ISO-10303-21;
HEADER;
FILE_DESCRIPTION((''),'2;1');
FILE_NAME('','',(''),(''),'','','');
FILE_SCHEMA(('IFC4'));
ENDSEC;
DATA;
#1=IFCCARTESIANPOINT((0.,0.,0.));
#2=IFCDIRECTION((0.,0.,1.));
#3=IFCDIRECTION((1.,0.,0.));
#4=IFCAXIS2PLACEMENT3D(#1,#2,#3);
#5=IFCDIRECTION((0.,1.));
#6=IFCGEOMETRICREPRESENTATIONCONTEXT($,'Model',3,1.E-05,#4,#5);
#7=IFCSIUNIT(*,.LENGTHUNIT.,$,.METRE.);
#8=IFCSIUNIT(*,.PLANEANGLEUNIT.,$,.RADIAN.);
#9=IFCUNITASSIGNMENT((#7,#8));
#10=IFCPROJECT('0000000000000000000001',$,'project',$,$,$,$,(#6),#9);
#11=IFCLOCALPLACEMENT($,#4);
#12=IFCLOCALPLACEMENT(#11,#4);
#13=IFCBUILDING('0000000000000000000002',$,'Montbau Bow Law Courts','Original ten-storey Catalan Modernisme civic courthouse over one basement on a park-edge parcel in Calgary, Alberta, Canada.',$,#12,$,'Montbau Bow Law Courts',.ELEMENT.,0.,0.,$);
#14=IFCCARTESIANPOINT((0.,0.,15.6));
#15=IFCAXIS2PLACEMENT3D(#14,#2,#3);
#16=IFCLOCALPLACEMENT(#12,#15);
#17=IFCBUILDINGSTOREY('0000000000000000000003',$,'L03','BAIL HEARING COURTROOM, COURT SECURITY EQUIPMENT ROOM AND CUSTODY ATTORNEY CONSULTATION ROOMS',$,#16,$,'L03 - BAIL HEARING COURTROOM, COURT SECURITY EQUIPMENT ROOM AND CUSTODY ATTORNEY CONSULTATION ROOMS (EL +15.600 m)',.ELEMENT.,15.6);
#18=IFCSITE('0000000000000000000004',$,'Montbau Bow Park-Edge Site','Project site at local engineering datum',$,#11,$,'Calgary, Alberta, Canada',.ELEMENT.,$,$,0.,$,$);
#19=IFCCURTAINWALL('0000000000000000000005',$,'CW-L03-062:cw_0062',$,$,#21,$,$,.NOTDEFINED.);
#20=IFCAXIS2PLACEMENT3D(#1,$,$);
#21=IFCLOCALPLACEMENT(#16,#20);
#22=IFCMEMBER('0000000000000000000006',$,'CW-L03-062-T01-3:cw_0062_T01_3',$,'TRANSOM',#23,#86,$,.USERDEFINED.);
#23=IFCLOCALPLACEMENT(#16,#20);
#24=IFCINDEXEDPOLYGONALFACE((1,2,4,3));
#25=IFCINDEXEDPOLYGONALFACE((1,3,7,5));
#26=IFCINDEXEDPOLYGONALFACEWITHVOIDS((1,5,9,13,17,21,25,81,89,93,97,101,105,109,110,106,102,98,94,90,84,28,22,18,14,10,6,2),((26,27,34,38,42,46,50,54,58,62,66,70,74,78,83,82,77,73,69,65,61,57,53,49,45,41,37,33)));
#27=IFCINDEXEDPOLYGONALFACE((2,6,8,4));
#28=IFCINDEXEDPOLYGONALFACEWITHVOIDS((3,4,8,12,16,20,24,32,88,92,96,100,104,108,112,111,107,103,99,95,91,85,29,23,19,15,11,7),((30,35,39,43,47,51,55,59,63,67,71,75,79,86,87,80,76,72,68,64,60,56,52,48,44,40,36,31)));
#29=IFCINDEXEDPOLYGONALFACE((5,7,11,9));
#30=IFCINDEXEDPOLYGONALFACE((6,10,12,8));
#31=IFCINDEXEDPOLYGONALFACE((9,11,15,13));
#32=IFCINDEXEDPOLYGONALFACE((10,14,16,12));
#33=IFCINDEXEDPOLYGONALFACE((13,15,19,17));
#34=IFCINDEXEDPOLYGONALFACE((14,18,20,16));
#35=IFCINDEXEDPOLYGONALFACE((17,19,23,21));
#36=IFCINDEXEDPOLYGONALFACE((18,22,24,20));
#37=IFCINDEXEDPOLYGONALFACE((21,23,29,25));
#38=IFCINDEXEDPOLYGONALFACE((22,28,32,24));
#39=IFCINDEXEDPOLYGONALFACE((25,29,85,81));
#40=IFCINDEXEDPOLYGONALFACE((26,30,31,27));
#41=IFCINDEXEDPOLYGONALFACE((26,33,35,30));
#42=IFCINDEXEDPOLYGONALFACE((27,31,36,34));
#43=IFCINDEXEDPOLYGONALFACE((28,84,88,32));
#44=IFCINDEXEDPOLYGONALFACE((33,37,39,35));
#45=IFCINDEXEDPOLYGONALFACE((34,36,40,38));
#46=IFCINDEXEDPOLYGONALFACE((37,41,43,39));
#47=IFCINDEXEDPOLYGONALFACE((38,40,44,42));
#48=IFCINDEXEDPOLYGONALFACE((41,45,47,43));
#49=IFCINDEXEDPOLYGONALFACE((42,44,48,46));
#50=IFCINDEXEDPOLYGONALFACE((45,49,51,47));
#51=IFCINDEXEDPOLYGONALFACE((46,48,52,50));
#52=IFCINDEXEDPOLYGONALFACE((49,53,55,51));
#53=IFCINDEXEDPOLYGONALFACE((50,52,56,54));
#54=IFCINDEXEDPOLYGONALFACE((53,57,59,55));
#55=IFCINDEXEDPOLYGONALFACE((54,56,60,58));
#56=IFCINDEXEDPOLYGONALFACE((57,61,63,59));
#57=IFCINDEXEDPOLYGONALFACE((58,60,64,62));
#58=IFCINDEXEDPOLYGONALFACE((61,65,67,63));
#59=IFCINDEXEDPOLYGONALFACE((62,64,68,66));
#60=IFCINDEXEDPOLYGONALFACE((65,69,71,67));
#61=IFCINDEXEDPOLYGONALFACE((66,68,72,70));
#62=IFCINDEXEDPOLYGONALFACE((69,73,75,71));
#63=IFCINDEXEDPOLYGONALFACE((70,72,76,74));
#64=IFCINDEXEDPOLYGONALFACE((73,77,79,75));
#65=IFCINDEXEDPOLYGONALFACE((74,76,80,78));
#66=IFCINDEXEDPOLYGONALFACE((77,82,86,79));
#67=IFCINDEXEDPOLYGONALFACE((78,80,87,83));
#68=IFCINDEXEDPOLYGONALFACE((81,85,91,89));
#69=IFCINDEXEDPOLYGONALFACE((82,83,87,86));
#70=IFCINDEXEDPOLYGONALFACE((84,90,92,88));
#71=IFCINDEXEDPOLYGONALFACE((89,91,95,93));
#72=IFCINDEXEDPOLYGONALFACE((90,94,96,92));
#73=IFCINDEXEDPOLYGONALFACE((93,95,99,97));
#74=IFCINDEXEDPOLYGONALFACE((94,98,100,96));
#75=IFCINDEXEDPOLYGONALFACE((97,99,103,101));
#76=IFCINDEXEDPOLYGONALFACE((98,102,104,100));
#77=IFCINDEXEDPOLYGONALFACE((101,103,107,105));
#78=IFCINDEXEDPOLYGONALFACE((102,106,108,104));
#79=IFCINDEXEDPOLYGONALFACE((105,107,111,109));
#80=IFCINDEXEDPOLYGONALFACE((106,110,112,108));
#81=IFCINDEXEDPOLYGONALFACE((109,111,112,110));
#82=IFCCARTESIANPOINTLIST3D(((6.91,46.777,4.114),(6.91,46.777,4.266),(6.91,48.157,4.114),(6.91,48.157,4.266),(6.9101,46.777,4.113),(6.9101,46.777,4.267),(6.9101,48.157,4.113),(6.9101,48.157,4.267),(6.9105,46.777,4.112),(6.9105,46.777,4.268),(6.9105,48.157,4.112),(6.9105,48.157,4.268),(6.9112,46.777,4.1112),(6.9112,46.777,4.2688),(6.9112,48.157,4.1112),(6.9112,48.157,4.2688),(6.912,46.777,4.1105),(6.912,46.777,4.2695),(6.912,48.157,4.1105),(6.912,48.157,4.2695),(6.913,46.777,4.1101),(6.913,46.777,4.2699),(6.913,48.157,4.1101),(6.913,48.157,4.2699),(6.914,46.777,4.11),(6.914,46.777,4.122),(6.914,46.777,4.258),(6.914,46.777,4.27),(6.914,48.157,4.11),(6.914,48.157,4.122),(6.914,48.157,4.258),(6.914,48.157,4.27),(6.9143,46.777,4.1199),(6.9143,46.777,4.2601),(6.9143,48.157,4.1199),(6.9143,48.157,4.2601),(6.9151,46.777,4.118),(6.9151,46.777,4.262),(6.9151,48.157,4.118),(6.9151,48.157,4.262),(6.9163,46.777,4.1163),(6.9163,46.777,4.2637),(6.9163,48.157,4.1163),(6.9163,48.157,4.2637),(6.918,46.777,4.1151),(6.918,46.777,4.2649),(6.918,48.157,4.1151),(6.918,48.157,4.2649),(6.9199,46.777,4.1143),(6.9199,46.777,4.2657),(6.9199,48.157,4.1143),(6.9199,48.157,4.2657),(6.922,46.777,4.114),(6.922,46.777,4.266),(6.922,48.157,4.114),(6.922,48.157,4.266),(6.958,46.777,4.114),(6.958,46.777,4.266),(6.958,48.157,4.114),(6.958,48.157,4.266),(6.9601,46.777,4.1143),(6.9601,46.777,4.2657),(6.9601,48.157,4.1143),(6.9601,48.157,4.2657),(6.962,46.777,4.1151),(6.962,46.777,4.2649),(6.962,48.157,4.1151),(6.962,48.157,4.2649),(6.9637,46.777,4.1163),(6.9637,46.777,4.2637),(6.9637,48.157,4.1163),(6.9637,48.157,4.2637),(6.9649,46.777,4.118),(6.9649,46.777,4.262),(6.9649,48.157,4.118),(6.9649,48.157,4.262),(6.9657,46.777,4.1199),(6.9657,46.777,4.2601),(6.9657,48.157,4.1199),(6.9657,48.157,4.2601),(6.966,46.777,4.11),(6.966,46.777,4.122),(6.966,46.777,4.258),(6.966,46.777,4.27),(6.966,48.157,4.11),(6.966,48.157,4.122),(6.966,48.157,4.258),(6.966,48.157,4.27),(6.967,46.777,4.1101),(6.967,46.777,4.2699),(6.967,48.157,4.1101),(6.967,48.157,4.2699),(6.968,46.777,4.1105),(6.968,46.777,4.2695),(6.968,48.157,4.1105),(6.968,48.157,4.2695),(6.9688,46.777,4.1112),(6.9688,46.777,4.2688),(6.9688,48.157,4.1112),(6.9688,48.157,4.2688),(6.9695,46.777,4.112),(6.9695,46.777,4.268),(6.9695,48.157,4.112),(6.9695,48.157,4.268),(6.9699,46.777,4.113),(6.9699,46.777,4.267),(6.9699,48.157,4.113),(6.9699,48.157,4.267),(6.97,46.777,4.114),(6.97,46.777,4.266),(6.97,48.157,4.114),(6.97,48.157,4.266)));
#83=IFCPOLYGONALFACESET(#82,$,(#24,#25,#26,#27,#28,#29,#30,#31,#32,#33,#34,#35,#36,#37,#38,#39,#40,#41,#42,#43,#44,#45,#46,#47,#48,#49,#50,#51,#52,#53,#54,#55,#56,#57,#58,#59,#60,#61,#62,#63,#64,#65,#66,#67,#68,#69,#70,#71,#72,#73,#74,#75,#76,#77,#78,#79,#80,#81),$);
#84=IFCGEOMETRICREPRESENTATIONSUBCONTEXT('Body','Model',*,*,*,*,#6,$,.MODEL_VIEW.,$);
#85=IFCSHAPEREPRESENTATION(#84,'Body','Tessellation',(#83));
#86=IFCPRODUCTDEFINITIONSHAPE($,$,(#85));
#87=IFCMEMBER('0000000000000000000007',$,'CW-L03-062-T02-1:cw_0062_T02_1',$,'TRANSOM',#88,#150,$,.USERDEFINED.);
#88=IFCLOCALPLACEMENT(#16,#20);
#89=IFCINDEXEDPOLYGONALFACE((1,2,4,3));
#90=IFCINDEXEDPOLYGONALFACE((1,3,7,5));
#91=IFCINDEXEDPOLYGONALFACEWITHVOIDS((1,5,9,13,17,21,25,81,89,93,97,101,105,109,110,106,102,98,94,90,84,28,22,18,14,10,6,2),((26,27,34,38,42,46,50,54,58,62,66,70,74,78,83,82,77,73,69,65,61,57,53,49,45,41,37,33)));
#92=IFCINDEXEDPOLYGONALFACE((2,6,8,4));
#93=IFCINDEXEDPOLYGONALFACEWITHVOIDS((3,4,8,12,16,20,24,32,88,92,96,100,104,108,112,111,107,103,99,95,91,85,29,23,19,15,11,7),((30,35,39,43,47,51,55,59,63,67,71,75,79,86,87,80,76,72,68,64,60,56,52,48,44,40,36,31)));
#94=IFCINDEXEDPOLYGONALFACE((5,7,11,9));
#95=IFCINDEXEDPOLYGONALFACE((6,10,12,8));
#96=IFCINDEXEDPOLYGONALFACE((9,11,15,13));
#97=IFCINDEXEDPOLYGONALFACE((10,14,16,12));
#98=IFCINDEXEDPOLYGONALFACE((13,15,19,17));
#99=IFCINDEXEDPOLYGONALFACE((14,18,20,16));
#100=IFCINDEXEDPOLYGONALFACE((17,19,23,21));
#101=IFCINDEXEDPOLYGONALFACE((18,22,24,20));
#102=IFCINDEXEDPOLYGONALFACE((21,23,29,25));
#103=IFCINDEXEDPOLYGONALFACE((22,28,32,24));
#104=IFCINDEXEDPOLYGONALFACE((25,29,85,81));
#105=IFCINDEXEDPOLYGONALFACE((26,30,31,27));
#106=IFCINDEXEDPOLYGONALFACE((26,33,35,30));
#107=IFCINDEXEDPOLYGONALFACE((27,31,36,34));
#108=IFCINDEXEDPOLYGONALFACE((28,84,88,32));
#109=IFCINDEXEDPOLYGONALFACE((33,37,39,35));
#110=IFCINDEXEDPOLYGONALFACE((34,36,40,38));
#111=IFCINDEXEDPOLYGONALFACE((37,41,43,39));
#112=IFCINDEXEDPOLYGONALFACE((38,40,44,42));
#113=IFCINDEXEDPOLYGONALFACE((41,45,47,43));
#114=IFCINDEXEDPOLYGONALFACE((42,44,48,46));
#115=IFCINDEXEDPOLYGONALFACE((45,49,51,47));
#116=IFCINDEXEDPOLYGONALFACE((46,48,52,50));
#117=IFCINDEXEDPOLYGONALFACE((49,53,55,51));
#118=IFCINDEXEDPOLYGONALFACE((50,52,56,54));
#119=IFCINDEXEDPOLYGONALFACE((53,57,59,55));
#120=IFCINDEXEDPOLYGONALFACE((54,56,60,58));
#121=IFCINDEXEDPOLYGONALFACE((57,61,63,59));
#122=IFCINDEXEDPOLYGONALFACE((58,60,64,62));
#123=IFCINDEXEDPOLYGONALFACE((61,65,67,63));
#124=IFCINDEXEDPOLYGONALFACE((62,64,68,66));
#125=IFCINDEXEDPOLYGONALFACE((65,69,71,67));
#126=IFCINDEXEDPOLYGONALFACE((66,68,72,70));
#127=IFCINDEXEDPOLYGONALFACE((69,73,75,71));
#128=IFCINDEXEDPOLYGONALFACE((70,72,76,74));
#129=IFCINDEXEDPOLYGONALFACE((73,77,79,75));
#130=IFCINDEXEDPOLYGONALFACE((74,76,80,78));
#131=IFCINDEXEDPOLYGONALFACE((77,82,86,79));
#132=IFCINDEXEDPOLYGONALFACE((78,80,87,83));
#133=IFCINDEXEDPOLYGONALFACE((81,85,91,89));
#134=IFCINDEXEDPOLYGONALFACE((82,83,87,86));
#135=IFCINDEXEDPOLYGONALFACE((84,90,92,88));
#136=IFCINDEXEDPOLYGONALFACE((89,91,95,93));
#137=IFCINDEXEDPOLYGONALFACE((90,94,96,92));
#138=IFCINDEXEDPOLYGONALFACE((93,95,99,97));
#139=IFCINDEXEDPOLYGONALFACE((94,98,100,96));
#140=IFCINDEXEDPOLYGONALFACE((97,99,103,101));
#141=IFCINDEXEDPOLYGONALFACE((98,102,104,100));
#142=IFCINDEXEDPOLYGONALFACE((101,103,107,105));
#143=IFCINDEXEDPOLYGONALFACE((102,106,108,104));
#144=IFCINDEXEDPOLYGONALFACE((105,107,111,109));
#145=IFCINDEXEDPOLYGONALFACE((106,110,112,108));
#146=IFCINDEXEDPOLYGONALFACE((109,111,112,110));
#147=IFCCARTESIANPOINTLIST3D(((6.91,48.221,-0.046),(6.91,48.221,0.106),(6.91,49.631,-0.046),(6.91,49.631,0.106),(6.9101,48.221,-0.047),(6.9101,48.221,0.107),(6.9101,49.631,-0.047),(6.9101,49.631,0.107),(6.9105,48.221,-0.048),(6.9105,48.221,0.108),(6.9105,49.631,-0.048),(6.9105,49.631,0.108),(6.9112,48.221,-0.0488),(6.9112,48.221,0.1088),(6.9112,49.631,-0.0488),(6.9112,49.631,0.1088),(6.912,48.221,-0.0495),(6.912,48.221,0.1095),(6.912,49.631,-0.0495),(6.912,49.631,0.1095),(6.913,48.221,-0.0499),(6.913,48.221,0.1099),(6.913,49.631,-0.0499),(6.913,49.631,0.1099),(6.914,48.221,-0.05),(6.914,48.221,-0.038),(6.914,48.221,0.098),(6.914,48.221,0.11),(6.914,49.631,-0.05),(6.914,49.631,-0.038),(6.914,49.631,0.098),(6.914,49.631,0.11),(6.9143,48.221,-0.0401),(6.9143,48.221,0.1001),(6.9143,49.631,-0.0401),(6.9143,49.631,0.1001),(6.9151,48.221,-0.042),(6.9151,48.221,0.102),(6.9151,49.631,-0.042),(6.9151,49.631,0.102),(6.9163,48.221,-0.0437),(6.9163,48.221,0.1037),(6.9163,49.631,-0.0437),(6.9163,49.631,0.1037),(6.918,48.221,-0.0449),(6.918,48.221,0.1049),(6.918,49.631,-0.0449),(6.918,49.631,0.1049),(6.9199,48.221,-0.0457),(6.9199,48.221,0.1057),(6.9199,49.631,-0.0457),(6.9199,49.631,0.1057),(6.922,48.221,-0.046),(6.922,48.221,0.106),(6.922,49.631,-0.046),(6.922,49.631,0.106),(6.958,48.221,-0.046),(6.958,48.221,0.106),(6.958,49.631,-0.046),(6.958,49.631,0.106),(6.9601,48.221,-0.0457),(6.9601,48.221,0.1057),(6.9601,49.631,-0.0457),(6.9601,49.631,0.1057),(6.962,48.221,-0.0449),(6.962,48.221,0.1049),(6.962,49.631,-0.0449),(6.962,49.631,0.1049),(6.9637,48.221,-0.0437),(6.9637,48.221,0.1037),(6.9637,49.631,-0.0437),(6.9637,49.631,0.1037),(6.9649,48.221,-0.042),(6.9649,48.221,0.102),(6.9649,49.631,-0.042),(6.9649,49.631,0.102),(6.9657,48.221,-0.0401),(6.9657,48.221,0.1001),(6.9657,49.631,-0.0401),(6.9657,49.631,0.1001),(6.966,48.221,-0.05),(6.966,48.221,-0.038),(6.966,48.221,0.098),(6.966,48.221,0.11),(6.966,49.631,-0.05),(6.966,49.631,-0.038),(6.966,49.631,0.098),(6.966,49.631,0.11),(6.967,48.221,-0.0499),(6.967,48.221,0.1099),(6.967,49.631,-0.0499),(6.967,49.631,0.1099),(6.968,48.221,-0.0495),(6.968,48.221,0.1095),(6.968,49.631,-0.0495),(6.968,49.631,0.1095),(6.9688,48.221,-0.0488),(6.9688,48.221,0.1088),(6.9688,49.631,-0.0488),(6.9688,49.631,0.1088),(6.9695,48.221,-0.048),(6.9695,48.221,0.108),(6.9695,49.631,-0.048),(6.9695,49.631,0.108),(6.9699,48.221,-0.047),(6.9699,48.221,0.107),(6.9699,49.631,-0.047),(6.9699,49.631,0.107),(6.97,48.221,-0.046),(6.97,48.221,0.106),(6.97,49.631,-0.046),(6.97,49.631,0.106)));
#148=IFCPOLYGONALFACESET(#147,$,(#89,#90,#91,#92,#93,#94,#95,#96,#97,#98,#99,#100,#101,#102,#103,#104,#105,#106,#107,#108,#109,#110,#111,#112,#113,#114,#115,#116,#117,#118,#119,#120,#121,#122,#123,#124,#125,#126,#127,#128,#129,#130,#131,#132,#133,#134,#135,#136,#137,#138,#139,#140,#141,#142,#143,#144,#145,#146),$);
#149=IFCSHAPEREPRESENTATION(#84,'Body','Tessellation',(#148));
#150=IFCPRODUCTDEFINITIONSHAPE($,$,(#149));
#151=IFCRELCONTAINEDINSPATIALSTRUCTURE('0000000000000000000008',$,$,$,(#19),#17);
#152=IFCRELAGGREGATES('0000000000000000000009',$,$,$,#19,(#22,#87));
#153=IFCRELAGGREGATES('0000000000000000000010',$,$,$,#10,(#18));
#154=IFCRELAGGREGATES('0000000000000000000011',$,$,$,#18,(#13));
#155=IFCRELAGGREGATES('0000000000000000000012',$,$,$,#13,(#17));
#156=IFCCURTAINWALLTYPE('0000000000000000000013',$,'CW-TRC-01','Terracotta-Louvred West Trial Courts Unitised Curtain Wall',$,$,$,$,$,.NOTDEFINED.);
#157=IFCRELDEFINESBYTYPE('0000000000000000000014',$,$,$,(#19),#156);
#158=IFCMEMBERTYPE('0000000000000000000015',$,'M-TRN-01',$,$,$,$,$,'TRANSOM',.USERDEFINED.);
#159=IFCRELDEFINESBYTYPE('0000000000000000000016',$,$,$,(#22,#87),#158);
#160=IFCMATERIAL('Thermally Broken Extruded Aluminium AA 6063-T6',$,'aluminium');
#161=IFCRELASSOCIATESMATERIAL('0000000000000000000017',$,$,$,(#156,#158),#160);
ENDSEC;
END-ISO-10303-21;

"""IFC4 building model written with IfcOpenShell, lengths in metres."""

from ifc_helpers import new_model, si_unit, direction, frame, origin_with_axes, origin_2d_with_axis, place, context, subcontext, project, spatial, hollow_rectangle, extrude, material, material_profile, profile_set, type_object, element, aggregate, save


model = new_model("IFC4")

# Units and contexts
model_context = context("Model", 3, precision=1e-05, world=origin_with_axes(), true_north=direction((0.0, 1.0)))
body_context = subcontext(model_context, "Body", "Model", "MODEL_VIEW")
ifc_project = project(units=[si_unit("LENGTHUNIT", "METRE"), si_unit("PLANEANGLEUNIT", "RADIAN")], contexts=[model_context])

# Site, building, storey
site_placement = place(None, origin_with_axes())
site = spatial("IfcSite", under=ifc_project, at=site_placement, Name="Montbau Bow Park-Edge Site", Description="Project site at local engineering datum", LongName="Calgary, Alberta, Canada", CompositionType="ELEMENT", RefElevation=0.0)
building_placement = place(site_placement, origin_with_axes())
building = spatial("IfcBuilding", under=site, at=building_placement, Name="Montbau Bow Law Courts", Description="Original ten-storey Catalan Modernisme civic courthouse over one basement on a park-edge parcel in Calgary, Alberta, Canada.", LongName="Montbau Bow Law Courts", CompositionType="ELEMENT", ElevationOfRefHeight=0.0, ElevationOfTerrain=0.0)
storey_placement = place(building_placement, frame((0.0, 0.0, 15.6), z_axis=(0.0, 0.0, 1.0), x_axis=(1.0, 0.0, 0.0)))
storey = spatial("IfcBuildingStorey", under=building, at=storey_placement, Name="L03", Description="BAIL HEARING COURTROOM, COURT SECURITY EQUIPMENT ROOM AND CUSTODY ATTORNEY CONSULTATION ROOMS", LongName="L03 - BAIL HEARING COURTROOM, COURT SECURITY EQUIPMENT ROOM AND CUSTODY ATTORNEY CONSULTATION ROOMS (EL +15.600 m)", CompositionType="ELEMENT", Elevation=15.6)

# Shared definitions
ifc_material_1 = material(Name="Thermally Broken Extruded Aluminium AA 6063-T6", Category="aluminium")
curtain_wall_type = type_object("IfcCurtainWallType", Name="CW-TRC-01", Description="Terracotta-Louvred West Trial Courts Unitised Curtain Wall", PredefinedType="NOTDEFINED", material=ifc_material_1)

# Curtain wall, members
curtain_wall_1_placement = place(None, frame((6.94, 46.715, 15.6), z_axis=(0.0, 0.0, 1.0), x_axis=(1.0, 0.0, 0.0)))
curtain_wall_1 = element("IfcCurtainWall", 1, at=curtain_wall_1_placement, inside=storey, type_object=curtain_wall_type, Name="CW-L03-062:cw_0062", PredefinedType="NOTDEFINED")
ifc_material_profile_1 = material_profile(ifc_material_1, hollow_rectangle(XDim=0.06, YDim=0.16, WallThickness=0.004, InnerFilletRadius=0.008, OuterFilletRadius=0.004, at=origin_2d_with_axis()), Name="CWT-160X60", Category="Main", Priority=0)
ifc_profile_set_1 = profile_set([ifc_material_profile_1], Name="Thermally Broken Extruded Aluminium AA 6063-T6")
member_type_1 = type_object("IfcMemberType", Name="M-TRN-01", ElementType="TRANSOM", PredefinedType="USERDEFINED", material=ifc_profile_set_1)
member_1_placement = place(None, frame((6.94, 46.777, 19.79), z_axis=(0.0, 1.0, 0.0), x_axis=(-1.0, 0.0, 0.0)))
member_1 = element("IfcMember", 2, at=member_1_placement, type_object=member_type_1, Name="CW-L03-062-T01-3:cw_0062_T01_3", ObjectType="TRANSOM", PredefinedType="USERDEFINED", context=body_context, shape_type="SweptSolid", body=[
    extrude(hollow_rectangle(XDim=0.06, YDim=0.16, WallThickness=0.004, InnerFilletRadius=0.008, OuterFilletRadius=0.004, at=origin_2d_with_axis()), origin_with_axes(), (0.0, 0.0, 1.0), 1.38),
])
member_2_placement = place(None, frame((6.94, 48.221, 15.63), z_axis=(0.0, 1.0, 0.0), x_axis=(-1.0, 0.0, 0.0)))
member_2 = element("IfcMember", 3, at=member_2_placement, type_object=member_type_1, Name="CW-L03-062-T02-1:cw_0062_T02_1", ObjectType="TRANSOM", PredefinedType="USERDEFINED", context=body_context, shape_type="SweptSolid", body=[
    extrude(hollow_rectangle(XDim=0.06, YDim=0.16, WallThickness=0.004, InnerFilletRadius=0.008, OuterFilletRadius=0.004, at=origin_2d_with_axis()), origin_with_axes(), (0.0, 0.0, 1.0), 1.41),
])
aggregate(curtain_wall_1, [member_1, member_2])

save(model, "model.ifc")
